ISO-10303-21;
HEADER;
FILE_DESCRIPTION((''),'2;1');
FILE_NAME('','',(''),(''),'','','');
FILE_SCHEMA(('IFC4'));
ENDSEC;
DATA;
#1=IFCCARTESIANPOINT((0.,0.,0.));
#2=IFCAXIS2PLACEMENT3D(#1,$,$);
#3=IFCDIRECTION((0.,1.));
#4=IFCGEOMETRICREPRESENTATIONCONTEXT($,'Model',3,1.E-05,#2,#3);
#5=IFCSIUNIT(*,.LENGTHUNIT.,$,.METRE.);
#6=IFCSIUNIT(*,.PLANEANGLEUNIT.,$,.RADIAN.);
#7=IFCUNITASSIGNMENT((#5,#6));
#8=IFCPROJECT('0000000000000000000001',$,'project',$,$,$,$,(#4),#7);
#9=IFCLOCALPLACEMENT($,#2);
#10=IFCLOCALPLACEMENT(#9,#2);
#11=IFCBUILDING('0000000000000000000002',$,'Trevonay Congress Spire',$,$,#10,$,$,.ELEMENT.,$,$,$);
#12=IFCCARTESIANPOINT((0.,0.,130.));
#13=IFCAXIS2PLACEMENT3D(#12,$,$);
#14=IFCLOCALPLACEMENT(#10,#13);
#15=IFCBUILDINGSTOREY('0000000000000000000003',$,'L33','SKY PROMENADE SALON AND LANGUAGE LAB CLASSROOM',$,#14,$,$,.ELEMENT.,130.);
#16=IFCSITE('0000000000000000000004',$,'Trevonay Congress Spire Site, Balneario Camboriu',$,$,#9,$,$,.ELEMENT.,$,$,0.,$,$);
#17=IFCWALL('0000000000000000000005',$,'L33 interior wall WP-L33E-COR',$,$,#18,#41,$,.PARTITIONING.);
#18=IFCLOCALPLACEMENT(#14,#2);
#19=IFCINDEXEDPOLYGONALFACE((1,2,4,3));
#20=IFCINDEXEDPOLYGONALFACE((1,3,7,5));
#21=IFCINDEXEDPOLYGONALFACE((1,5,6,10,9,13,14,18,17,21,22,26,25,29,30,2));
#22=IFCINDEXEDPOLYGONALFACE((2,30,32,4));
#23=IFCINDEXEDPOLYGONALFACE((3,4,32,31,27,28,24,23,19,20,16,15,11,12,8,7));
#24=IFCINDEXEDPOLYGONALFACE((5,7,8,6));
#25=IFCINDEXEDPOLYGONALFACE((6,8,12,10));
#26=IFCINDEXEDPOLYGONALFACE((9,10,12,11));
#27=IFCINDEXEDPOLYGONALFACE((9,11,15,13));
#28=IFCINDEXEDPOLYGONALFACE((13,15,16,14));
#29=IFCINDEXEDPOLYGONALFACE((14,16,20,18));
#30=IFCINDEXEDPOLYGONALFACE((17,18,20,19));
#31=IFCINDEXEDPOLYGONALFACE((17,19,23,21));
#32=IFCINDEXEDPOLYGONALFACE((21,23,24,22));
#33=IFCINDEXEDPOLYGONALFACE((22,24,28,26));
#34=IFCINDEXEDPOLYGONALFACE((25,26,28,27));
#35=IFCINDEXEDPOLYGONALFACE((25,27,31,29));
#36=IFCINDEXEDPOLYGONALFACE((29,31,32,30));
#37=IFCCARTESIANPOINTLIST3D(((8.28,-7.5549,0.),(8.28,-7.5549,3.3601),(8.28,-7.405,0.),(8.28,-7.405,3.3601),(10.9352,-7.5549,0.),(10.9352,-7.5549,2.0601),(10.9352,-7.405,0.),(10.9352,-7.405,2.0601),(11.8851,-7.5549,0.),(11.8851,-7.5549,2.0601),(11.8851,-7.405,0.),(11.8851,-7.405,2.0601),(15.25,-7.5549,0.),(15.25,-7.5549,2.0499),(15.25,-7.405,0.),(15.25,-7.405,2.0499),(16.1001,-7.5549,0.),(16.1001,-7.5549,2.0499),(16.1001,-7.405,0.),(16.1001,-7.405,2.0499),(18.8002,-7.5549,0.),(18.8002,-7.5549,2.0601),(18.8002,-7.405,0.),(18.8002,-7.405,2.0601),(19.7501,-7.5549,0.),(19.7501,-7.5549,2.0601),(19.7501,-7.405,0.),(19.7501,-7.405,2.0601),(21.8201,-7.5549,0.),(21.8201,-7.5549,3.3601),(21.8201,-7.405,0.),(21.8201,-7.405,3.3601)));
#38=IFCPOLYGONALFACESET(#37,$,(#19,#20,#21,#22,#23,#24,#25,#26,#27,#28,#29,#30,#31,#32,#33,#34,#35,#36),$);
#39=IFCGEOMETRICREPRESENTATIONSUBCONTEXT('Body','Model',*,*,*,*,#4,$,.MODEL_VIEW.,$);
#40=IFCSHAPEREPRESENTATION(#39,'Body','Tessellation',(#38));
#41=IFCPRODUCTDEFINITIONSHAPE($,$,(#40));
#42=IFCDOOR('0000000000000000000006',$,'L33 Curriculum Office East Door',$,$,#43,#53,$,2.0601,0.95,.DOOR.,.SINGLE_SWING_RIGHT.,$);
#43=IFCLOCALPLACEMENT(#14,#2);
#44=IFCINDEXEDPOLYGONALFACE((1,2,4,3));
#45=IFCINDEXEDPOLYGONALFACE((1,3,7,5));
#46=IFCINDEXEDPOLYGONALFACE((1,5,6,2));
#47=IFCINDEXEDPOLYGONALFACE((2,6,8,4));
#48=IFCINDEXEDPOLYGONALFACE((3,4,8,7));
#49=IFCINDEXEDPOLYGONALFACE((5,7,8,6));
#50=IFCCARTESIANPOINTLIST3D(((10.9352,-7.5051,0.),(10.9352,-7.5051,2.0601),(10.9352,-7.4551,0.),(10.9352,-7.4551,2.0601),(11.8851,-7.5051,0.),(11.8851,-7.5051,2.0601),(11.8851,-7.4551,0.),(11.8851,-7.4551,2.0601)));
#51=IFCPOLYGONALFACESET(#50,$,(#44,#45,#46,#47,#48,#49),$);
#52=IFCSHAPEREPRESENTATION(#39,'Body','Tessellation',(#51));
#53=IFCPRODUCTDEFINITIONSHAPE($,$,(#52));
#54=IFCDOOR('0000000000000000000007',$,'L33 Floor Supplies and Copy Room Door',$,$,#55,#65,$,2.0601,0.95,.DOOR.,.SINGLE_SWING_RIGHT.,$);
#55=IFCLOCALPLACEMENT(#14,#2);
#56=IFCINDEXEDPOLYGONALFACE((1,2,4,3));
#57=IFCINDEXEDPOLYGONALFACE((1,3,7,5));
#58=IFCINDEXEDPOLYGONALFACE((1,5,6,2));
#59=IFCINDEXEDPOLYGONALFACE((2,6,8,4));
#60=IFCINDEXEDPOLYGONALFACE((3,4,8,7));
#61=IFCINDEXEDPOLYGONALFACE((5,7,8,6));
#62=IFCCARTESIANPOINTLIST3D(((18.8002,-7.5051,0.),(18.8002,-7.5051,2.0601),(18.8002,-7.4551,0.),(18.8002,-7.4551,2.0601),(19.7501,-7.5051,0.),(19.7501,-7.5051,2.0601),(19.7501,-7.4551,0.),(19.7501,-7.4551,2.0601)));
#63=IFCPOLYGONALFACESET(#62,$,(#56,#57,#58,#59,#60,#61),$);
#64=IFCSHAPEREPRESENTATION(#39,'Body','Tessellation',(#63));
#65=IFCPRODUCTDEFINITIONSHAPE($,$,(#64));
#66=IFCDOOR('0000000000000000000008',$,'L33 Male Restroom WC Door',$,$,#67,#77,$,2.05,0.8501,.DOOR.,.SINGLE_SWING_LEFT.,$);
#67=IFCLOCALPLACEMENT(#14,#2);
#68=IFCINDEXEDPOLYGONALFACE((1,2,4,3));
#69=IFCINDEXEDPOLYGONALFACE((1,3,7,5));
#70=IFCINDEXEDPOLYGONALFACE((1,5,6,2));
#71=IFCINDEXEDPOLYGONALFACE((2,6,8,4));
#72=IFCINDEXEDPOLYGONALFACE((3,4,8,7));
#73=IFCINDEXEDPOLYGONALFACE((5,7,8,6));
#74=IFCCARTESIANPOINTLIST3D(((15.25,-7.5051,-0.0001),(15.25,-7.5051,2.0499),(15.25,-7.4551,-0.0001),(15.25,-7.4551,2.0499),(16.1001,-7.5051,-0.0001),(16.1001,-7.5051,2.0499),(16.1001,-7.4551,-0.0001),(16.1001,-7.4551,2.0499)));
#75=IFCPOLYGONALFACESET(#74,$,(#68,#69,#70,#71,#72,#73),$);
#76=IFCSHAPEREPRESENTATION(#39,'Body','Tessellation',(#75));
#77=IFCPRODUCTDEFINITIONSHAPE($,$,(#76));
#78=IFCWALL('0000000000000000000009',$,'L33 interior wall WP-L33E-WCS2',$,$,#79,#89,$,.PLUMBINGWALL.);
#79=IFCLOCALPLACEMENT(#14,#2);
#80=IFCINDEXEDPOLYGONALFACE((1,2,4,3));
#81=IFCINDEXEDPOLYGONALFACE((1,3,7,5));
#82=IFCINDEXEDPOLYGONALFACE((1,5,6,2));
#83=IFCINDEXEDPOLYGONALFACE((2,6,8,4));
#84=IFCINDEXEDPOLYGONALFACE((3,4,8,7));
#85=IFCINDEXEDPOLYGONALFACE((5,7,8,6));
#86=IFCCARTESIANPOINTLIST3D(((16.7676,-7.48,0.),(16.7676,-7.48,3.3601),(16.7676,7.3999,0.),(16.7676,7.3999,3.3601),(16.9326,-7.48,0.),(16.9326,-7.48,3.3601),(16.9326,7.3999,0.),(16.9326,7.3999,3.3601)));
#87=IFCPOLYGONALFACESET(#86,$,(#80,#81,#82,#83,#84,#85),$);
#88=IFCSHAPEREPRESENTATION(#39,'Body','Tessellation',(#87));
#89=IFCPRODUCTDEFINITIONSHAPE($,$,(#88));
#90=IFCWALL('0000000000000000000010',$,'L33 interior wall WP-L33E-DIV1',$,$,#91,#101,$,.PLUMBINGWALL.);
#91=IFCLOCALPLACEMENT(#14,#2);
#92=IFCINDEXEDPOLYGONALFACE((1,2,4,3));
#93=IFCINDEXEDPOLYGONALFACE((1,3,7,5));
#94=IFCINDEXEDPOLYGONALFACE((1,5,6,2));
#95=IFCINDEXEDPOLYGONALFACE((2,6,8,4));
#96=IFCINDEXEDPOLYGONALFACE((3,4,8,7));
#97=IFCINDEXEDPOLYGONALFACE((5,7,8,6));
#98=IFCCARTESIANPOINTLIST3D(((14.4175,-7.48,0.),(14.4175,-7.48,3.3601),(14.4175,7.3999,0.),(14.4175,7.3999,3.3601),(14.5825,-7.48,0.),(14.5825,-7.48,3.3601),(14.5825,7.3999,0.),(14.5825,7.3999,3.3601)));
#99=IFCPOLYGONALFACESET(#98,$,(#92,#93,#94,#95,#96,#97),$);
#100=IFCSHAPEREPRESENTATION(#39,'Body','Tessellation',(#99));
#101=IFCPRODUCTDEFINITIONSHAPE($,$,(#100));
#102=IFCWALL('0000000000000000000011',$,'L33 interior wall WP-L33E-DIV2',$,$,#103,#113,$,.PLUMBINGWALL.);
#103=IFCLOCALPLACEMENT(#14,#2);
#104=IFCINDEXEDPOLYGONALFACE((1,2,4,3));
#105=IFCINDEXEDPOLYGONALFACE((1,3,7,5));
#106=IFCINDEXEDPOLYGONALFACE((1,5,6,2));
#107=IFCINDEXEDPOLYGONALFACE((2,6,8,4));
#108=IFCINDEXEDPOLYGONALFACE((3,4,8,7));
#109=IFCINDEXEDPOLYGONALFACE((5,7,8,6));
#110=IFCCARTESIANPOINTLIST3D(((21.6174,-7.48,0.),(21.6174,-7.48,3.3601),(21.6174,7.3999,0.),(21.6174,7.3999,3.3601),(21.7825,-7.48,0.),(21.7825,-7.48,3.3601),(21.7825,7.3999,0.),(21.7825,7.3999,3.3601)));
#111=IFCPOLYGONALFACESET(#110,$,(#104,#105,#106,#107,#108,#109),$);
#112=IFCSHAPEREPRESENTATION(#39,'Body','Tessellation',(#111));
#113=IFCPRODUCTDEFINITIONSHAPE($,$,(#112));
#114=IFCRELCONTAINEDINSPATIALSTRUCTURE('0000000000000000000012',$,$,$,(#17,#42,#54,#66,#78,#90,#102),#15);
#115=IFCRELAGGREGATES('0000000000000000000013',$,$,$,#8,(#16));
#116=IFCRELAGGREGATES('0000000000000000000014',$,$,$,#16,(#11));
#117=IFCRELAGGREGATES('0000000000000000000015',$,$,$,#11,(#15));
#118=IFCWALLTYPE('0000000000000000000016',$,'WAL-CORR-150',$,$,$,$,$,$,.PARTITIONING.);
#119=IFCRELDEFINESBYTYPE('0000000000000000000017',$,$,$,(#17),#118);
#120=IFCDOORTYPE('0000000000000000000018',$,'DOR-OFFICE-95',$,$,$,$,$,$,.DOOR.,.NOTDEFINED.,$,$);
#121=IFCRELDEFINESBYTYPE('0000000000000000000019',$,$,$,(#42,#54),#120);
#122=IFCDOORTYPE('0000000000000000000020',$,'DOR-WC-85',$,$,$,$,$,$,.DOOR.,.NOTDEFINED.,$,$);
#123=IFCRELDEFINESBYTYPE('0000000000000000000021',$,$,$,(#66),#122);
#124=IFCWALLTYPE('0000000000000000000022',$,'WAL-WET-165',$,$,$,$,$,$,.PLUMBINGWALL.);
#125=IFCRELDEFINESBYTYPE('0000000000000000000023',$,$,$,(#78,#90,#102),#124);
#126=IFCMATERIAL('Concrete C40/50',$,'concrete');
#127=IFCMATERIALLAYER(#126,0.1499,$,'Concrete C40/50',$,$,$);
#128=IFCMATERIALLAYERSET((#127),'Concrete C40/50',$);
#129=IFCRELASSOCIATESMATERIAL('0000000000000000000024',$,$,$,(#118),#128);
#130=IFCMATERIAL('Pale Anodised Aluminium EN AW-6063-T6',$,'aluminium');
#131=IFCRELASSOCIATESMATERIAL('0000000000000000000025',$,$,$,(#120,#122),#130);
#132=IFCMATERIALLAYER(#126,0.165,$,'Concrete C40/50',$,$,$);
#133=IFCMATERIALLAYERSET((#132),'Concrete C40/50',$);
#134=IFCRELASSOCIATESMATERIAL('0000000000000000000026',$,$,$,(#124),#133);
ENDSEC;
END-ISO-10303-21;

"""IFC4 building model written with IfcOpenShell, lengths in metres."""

from ifc_helpers import new_model, si_unit, direction, frame, frame_2d, origin, place, context, subcontext, project, spatial, rectangle, extrude, material, layer, layer_set, type_object, element, fill, save


model = new_model("IFC4")

# Units and contexts
model_context = context("Model", 3, precision=1e-05, world=origin(), true_north=direction((0.0, 1.0)))
body_context = subcontext(model_context, "Body", "Model", "MODEL_VIEW")
ifc_project = project(units=[si_unit("LENGTHUNIT", "METRE"), si_unit("PLANEANGLEUNIT", "RADIAN")], contexts=[model_context])

# Site, building, storey
site_placement = place(None, origin())
site = spatial("IfcSite", under=ifc_project, at=site_placement, Name="Trevonay Congress Spire Site, Balneario Camboriu", CompositionType="ELEMENT", RefElevation=0.0)
building_placement = place(site_placement, origin())
building = spatial("IfcBuilding", under=site, at=building_placement, Name="Trevonay Congress Spire", CompositionType="ELEMENT")
storey_placement = place(building_placement, frame((0.0, 0.0, 130.0)))
storey = spatial("IfcBuildingStorey", under=building, at=storey_placement, Name="L33", Description="SKY PROMENADE SALON AND LANGUAGE LAB CLASSROOM", CompositionType="ELEMENT", Elevation=130.0)

# Shared definitions
ifc_material_1 = material(Name="Pale Anodised Aluminium EN AW-6063-T6", Category="aluminium")

# Wall, openings, doors
ifc_material_2 = material(Name="Concrete C40/50", Category="concrete")
ifc_layer_1 = layer(ifc_material_2, 0.1499, Name="Concrete C40/50")
ifc_layer_set_1 = layer_set([ifc_layer_1], Name="Concrete C40/50")
wall_type_1 = type_object("IfcWallType", Name="WAL-CORR-150", PredefinedType="PARTITIONING", material=ifc_layer_set_1)
wall_placement = place(storey_placement, frame((8.28, -7.48, 0.0), z_axis=(0.0, 0.0, 1.0), x_axis=(1.0, 0.0, 0.0)))
wall = element("IfcWall", 1, at=wall_placement, inside=storey, type_object=wall_type_1, Name="L33 interior wall WP-L33E-COR", PredefinedType="PARTITIONING", context=body_context, shape_type="SweptSolid", body=[
    extrude(rectangle(XDim=13.54, YDim=0.1499, at=frame_2d((6.77, 0.0))), origin(), (0.0, 0.0, 1.0), 3.3601),
])
opening_1_placement = place(wall_placement, frame((2.655, 0.0, 0.0)))
opening_1 = element("IfcOpeningElement", 2, at=opening_1_placement, cuts=wall, PredefinedType="OPENING", context=body_context, shape_type="SweptSolid", body=[
    extrude(rectangle(XDim=0.95, YDim=2.0601, at=frame_2d((0.4751, 1.03))), frame((0.0, 0.085, 0.0), z_axis=(0.0, -1.0, 0.0), x_axis=(1.0, 0.0, 0.0)), (0.0, 0.0, 1.0), 0.1699),
])
opening_2_placement = place(wall_placement, frame((6.97, 0.0, 0.0)))
opening_2 = element("IfcOpeningElement", 3, at=opening_2_placement, cuts=wall, PredefinedType="OPENING", context=body_context, shape_type="SweptSolid", body=[
    extrude(rectangle(XDim=0.8501, YDim=2.05, at=frame_2d((0.425, 1.0249))), frame((0.0, 0.085, 0.0), z_axis=(0.0, -1.0, 0.0), x_axis=(1.0, 0.0, 0.0)), (0.0, 0.0, 1.0), 0.1699),
])
opening_3_placement = place(wall_placement, frame((10.52, 0.0, 0.0)))
opening_3 = element("IfcOpeningElement", 4, at=opening_3_placement, cuts=wall, PredefinedType="OPENING", context=body_context, shape_type="SweptSolid", body=[
    extrude(rectangle(XDim=0.95, YDim=2.0601, at=frame_2d((0.4751, 1.03))), frame((0.0, 0.085, 0.0), z_axis=(0.0, -1.0, 0.0), x_axis=(1.0, 0.0, 0.0)), (0.0, 0.0, 1.0), 0.1699),
])
door_type_1 = type_object("IfcDoorType", Name="DOR-OFFICE-95", OperationType="NOTDEFINED", PredefinedType="DOOR", material=ifc_material_1)
door_1_placement = place(opening_1_placement, origin())
door_1 = element("IfcDoor", 5, at=door_1_placement, inside=storey, type_object=door_type_1, Name="L33 Curriculum Office East Door", OperationType="SINGLE_SWING_RIGHT", OverallHeight=2.0601, OverallWidth=0.95, PredefinedType="DOOR", context=body_context, shape_type="SweptSolid", body=[
    extrude(rectangle(XDim=0.95, YDim=2.0601, at=frame_2d((0.4751, 1.03))), frame((0.0, 0.0249, 0.0), z_axis=(0.0, -1.0, 0.0), x_axis=(1.0, 0.0, 0.0)), (0.0, 0.0, 1.0), 0.05),
])
fill(opening_1, door_1)
door_2_placement = place(opening_3_placement, origin())
door_2 = element("IfcDoor", 6, at=door_2_placement, inside=storey, type_object=door_type_1, Name="L33 Floor Supplies and Copy Room Door", OperationType="SINGLE_SWING_RIGHT", OverallHeight=2.0601, OverallWidth=0.95, PredefinedType="DOOR", context=body_context, shape_type="SweptSolid", body=[
    extrude(rectangle(XDim=0.95, YDim=2.0601, at=frame_2d((0.4751, 1.03))), frame((0.0, 0.0249, 0.0), z_axis=(0.0, -1.0, 0.0), x_axis=(1.0, 0.0, 0.0)), (0.0, 0.0, 1.0), 0.05),
])
fill(opening_3, door_2)
door_type_2 = type_object("IfcDoorType", Name="DOR-WC-85", OperationType="NOTDEFINED", PredefinedType="DOOR", material=ifc_material_1)
door_3_placement = place(opening_2_placement, origin())
door_3 = element("IfcDoor", 7, at=door_3_placement, inside=storey, type_object=door_type_2, Name="L33 Male Restroom WC Door", OperationType="SINGLE_SWING_LEFT", OverallHeight=2.05, OverallWidth=0.8501, PredefinedType="DOOR", context=body_context, shape_type="SweptSolid", body=[
    extrude(rectangle(XDim=0.8501, YDim=2.05, at=frame_2d((0.425, 1.0249))), frame((0.0, 0.0249, 0.0), z_axis=(0.0, -1.0, 0.0), x_axis=(1.0, 0.0, 0.0)), (0.0, 0.0, 1.0), 0.05),
])
fill(opening_2, door_3)

# Walls
ifc_layer_2 = layer(ifc_material_2, 0.165, Name="Concrete C40/50")
ifc_layer_set_2 = layer_set([ifc_layer_2], Name="Concrete C40/50")
wall_type_2 = type_object("IfcWallType", Name="WAL-WET-165", PredefinedType="PLUMBINGWALL", material=ifc_layer_set_2)
for number, where, z_axis, x_axis, name in (
    (8, (16.8501, -7.48, 0.0), (0.0, 0.0, 1.0), (0.0, 1.0, 0.0), "L33 interior wall WP-L33E-WCS2"),
    (9, (14.5, -7.48, 0.0), (0.0, 0.0, 1.0), (0.0, 1.0, 0.0), "L33 interior wall WP-L33E-DIV1"),
    (10, (21.7, -7.48, 0.0), (0.0, 0.0, 1.0), (0.0, 1.0, 0.0), "L33 interior wall WP-L33E-DIV2"),
):
    element("IfcWall", number, at=place(storey_placement, frame(where, z_axis=z_axis, x_axis=x_axis)), inside=storey, type_object=wall_type_2, Name=name, PredefinedType="PLUMBINGWALL", context=body_context, shape_type="SweptSolid", body=[
        extrude(rectangle(XDim=14.8799, YDim=0.165, at=frame_2d((7.4399, 0.0))), origin(), (0.0, 0.0, 1.0), 3.3601),
    ])

save(model, "model.ifc")
